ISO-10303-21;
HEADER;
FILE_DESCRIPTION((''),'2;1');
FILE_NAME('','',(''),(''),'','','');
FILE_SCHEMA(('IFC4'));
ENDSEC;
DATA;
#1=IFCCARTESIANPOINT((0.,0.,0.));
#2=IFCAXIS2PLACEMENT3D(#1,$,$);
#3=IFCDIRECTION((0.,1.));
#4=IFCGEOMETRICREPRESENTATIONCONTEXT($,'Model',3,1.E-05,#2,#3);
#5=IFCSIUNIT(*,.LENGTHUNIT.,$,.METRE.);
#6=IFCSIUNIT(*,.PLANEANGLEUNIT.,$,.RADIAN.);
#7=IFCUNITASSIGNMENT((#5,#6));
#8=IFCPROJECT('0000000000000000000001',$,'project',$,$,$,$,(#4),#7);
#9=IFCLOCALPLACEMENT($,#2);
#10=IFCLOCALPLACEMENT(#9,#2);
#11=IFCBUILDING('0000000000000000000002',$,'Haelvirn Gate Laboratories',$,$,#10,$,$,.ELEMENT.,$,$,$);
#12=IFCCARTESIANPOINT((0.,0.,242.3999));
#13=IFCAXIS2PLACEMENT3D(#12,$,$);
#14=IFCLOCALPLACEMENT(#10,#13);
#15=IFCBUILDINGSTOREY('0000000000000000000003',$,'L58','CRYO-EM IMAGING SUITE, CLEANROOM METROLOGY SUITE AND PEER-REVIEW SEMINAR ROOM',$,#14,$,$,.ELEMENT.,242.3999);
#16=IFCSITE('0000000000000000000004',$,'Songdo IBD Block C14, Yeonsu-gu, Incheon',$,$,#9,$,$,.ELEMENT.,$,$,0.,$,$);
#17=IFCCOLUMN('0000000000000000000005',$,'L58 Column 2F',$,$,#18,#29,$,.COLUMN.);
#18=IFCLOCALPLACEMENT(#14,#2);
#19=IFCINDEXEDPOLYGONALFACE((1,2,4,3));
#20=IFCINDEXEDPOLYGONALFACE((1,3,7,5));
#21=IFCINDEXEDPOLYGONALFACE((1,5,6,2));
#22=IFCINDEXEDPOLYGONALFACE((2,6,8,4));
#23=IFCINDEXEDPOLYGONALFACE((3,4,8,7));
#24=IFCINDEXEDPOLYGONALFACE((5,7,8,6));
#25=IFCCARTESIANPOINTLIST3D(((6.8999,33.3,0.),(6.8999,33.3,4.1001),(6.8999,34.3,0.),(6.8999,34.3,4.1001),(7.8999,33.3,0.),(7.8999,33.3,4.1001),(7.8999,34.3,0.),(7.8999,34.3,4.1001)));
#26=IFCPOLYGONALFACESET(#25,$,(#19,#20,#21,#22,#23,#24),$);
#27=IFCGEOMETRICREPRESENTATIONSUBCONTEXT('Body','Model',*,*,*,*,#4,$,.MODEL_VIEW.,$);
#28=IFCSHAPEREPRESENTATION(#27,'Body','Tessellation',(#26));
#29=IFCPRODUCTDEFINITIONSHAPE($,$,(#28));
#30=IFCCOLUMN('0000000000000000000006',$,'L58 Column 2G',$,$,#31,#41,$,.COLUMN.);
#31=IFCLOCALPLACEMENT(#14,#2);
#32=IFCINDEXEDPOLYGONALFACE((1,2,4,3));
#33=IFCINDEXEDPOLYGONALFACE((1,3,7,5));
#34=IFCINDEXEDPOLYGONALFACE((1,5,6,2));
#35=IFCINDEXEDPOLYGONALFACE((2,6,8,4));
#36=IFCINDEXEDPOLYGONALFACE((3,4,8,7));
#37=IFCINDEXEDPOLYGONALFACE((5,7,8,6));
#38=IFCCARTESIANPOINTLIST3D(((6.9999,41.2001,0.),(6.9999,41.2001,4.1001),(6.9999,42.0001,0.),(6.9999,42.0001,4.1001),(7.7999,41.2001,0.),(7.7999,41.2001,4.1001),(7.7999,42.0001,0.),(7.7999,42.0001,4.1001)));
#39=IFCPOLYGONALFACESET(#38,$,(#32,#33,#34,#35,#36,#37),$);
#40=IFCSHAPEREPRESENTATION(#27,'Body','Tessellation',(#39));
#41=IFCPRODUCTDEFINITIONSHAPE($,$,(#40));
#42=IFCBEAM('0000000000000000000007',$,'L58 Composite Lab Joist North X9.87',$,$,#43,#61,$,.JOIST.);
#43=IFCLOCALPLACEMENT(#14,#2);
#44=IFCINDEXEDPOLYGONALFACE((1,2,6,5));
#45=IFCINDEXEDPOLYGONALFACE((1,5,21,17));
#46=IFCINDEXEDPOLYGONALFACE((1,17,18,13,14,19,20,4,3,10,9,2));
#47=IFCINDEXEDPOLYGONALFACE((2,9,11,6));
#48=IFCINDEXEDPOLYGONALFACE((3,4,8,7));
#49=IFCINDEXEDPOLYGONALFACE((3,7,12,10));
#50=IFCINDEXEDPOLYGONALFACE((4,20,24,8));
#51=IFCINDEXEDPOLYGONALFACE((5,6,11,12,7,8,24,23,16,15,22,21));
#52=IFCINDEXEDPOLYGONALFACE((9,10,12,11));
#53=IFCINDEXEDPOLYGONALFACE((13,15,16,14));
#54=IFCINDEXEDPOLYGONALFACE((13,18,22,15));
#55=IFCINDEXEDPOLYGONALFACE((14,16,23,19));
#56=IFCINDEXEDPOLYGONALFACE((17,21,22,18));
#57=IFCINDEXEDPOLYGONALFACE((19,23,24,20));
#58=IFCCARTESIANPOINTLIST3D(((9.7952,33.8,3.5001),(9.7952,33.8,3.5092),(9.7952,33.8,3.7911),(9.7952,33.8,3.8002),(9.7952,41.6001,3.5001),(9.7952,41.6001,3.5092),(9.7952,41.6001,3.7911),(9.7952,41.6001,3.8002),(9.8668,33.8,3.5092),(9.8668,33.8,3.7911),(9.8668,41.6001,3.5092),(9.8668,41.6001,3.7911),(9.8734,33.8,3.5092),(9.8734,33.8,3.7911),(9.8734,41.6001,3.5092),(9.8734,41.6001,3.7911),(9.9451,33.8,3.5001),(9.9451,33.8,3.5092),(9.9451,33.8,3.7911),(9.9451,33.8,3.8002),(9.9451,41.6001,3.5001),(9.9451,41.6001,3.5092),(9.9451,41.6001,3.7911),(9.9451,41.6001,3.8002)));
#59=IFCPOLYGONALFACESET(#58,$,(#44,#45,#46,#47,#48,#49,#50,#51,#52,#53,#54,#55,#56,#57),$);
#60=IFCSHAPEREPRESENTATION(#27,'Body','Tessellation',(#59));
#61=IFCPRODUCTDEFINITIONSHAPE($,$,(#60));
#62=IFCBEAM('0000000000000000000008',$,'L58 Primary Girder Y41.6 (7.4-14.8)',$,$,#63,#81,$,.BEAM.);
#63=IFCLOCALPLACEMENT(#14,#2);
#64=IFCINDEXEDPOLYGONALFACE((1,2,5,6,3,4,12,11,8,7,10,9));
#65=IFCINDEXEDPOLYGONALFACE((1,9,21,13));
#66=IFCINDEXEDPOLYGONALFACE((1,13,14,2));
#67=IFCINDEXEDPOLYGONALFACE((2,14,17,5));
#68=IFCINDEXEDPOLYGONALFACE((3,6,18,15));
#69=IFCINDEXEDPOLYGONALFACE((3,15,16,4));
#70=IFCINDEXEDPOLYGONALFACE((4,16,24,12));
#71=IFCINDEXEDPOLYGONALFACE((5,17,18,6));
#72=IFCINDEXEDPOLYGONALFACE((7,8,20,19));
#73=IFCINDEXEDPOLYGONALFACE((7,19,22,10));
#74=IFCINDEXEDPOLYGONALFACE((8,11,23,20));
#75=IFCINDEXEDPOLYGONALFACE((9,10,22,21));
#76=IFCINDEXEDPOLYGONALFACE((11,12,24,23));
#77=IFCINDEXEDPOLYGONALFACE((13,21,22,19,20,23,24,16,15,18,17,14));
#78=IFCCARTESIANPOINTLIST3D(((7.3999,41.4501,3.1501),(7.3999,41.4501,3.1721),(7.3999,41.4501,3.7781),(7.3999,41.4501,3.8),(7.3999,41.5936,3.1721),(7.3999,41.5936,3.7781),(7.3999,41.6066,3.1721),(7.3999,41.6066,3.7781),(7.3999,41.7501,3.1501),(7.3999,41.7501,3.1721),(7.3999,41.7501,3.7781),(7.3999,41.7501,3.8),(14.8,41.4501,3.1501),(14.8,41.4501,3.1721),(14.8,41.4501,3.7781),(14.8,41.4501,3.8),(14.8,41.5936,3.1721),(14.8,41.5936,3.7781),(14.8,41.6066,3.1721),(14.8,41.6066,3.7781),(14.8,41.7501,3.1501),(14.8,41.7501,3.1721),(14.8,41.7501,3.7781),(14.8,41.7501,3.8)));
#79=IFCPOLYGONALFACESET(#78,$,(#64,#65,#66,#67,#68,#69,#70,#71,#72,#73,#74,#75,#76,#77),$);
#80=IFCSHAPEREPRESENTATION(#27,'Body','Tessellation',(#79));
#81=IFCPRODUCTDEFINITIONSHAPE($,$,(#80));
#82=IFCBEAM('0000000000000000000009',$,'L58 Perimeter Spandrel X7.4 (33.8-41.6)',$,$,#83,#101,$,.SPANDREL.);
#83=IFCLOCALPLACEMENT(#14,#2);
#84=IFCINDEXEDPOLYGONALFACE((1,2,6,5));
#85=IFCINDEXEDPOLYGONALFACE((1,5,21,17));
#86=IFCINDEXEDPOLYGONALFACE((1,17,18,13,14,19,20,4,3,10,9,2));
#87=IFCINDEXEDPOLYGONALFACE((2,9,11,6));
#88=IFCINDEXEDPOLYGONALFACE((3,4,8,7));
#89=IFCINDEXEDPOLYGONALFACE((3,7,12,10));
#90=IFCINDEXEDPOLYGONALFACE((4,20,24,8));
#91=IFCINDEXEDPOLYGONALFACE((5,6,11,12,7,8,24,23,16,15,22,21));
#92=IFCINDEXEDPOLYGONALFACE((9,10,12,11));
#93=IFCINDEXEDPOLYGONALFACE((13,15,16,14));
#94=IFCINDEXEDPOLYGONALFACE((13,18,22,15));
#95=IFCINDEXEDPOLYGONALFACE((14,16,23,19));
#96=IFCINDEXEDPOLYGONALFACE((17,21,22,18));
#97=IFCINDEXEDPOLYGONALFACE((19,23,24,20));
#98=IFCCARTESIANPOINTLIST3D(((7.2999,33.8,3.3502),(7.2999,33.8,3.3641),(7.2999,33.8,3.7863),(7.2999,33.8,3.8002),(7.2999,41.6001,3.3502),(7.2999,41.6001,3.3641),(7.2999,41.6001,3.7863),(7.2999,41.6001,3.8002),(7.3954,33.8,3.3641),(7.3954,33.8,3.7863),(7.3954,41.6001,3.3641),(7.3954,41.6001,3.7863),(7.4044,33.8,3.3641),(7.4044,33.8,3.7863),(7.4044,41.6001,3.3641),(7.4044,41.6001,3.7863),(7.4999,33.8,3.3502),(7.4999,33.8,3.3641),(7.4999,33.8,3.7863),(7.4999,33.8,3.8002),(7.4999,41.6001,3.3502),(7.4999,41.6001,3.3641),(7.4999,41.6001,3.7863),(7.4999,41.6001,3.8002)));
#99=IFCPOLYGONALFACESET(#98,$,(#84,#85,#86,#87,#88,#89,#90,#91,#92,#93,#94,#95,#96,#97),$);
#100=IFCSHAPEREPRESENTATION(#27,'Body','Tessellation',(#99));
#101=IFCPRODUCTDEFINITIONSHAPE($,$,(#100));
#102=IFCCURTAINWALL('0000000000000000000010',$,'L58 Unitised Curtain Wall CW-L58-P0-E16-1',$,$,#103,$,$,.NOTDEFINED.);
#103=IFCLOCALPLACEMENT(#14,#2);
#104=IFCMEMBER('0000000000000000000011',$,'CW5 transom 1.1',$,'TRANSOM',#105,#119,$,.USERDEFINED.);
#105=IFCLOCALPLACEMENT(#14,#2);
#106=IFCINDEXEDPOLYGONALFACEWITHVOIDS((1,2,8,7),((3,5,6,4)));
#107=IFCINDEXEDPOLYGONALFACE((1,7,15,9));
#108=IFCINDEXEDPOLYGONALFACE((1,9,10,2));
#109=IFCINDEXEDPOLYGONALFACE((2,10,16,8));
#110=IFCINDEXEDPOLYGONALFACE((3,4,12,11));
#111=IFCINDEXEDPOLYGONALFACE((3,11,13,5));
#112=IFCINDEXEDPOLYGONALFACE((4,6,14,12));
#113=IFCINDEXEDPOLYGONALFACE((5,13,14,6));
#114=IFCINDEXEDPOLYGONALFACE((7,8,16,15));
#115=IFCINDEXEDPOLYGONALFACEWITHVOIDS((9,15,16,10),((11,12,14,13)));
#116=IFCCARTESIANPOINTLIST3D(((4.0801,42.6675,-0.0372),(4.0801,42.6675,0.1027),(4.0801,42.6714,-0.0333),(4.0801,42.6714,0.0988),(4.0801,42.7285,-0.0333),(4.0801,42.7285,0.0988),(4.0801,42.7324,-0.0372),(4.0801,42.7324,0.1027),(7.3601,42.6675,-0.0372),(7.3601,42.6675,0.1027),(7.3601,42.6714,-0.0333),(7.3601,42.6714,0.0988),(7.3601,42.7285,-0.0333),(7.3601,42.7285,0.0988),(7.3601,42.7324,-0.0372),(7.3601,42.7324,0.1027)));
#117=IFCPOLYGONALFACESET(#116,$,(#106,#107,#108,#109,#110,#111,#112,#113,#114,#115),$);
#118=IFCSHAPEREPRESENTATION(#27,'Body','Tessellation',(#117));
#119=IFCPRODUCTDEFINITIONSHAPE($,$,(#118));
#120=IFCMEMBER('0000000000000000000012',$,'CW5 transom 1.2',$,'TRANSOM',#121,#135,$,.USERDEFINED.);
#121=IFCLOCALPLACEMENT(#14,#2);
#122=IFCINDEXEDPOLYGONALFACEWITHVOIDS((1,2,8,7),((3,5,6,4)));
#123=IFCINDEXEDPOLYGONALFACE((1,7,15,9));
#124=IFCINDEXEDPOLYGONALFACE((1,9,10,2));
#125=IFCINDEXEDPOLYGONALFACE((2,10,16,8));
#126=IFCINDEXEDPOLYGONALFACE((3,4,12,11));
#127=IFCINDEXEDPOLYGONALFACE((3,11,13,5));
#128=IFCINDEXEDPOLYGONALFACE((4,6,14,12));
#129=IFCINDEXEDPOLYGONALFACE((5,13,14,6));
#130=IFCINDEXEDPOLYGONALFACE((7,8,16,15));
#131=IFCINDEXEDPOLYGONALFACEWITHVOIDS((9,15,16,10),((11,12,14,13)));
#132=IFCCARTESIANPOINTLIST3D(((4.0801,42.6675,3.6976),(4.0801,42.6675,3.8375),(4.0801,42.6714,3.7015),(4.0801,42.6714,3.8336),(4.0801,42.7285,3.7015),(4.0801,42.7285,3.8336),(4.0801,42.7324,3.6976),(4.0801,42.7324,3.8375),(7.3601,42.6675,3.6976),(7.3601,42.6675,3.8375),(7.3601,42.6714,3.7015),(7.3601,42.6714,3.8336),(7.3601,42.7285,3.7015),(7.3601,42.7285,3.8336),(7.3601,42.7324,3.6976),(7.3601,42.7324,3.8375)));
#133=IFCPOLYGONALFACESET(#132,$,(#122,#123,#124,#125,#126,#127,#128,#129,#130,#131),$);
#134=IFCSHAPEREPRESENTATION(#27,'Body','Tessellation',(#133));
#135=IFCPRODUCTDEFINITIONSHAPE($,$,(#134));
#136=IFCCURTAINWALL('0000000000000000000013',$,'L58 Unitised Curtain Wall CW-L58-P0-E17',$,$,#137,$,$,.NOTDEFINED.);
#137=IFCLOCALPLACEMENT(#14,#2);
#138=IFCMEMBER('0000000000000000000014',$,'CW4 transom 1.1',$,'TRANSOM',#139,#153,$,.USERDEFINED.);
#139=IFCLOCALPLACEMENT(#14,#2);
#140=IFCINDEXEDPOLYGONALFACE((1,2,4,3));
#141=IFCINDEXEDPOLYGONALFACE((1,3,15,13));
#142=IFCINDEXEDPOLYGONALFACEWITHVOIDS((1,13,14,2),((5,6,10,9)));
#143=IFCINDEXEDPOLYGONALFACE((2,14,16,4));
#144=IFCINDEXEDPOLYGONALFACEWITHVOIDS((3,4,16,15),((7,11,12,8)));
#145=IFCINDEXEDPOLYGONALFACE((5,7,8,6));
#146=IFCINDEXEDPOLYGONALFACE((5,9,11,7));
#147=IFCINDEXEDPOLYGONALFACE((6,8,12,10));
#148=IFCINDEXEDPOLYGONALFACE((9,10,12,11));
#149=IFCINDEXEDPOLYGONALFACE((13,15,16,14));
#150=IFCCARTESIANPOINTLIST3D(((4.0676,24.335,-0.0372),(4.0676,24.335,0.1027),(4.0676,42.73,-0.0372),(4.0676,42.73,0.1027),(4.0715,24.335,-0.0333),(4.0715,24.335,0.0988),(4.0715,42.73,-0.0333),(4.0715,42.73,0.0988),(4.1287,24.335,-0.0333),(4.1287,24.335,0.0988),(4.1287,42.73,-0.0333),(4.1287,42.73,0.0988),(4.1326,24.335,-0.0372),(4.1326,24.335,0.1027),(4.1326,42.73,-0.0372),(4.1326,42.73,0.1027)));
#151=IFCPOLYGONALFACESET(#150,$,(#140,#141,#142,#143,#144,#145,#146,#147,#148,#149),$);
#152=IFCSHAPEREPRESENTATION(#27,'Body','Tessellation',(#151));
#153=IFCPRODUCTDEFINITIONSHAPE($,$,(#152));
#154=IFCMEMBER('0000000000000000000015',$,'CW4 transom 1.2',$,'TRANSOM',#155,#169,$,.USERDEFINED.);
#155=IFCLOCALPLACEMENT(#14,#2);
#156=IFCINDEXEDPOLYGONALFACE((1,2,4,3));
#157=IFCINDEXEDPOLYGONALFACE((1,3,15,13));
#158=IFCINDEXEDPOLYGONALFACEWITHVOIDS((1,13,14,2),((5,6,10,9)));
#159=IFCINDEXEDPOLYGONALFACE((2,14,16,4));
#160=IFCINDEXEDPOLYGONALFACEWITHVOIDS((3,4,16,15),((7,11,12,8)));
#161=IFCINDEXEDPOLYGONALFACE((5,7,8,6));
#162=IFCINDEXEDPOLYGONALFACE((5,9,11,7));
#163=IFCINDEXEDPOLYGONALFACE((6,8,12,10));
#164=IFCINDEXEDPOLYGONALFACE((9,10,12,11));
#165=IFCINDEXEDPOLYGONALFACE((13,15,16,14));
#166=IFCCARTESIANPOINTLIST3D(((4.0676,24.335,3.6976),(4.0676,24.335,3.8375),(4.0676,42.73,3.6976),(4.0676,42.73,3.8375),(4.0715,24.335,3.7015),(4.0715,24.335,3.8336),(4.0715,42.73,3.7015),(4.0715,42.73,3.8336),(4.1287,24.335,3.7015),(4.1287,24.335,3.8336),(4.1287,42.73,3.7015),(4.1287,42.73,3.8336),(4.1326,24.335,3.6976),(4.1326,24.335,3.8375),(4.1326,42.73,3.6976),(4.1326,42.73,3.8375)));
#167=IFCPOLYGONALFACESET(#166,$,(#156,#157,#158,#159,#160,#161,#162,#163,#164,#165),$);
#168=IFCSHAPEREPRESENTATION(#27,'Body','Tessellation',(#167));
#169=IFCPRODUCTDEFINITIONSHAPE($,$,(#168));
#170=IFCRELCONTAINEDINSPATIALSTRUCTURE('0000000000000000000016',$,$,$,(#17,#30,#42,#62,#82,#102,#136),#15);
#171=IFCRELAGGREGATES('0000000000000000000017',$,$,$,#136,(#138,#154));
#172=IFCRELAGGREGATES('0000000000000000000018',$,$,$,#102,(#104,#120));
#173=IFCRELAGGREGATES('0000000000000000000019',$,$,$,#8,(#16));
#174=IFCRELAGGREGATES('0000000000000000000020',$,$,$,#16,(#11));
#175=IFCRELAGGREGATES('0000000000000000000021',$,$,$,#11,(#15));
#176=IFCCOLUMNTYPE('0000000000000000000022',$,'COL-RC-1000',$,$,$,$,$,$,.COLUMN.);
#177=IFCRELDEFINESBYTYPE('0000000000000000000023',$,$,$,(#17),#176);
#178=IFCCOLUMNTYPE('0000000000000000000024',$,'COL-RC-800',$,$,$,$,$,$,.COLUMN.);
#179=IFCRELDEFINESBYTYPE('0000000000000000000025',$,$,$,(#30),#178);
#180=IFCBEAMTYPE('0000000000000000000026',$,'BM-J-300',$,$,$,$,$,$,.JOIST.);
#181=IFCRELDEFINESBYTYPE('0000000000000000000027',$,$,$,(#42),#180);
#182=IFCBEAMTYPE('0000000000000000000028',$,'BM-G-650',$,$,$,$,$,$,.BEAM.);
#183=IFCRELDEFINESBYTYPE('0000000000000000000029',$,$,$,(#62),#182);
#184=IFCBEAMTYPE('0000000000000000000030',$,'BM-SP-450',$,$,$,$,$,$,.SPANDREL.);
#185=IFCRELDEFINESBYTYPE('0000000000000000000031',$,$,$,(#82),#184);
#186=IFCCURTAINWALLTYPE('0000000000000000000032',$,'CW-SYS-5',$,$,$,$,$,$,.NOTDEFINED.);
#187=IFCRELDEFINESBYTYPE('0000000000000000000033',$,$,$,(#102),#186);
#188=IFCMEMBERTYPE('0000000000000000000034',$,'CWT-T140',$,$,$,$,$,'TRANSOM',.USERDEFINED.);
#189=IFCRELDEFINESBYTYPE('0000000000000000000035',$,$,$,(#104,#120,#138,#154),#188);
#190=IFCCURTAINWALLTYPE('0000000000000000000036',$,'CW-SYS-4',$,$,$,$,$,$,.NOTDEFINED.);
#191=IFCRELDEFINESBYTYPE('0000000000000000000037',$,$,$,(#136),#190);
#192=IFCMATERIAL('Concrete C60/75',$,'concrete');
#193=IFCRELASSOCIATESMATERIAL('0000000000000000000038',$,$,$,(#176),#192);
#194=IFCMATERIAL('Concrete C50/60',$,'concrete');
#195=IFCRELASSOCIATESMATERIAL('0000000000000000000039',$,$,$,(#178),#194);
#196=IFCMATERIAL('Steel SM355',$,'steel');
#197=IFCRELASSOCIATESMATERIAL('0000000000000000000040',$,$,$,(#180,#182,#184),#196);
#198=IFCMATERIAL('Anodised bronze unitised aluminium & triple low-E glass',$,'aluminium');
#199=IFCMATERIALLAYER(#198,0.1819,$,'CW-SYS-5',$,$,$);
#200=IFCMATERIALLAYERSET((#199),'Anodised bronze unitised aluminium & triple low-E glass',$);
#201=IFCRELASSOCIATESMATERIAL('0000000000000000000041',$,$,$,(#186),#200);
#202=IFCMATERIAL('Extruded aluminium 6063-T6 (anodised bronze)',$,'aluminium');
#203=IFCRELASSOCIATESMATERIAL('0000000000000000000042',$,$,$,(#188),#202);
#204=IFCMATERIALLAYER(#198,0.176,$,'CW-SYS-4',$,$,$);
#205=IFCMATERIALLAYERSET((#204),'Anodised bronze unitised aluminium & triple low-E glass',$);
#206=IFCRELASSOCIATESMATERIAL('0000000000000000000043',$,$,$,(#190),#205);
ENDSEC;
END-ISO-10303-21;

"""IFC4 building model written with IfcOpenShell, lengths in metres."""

from ifc_helpers import new_model, si_unit, direction, frame, origin, origin_2d, place, context, subcontext, project, spatial, rectangle, hollow_rectangle, i_section, extrude, source, transform, mapped, material, layer, layer_set, material_profile, profile_set, type_object, type_shapes, element, aggregate, save


model = new_model("IFC4")

# Units and contexts
model_context = context("Model", 3, precision=1e-05, world=origin(), true_north=direction((0.0, 1.0)))
body_context = subcontext(model_context, "Body", "Model", "MODEL_VIEW")
ifc_project = project(units=[si_unit("LENGTHUNIT", "METRE"), si_unit("PLANEANGLEUNIT", "RADIAN")], contexts=[model_context])

# Site, building, storey
site_placement = place(None, origin())
site = spatial("IfcSite", under=ifc_project, at=site_placement, Name="Songdo IBD Block C14, Yeonsu-gu, Incheon", CompositionType="ELEMENT", RefElevation=0.0)
building_placement = place(site_placement, origin())
building = spatial("IfcBuilding", under=site, at=building_placement, Name="Haelvirn Gate Laboratories", CompositionType="ELEMENT")
storey_placement = place(building_placement, frame((0.0, 0.0, 242.3999)))
storey = spatial("IfcBuildingStorey", under=building, at=storey_placement, Name="L58", Description="CRYO-EM IMAGING SUITE, CLEANROOM METROLOGY SUITE AND PEER-REVIEW SEMINAR ROOM", CompositionType="ELEMENT", Elevation=242.3999)

# Columns
ifc_material_1 = material(Name="Concrete C60/75", Category="concrete")
ifc_material_profile_1 = material_profile(ifc_material_1, rectangle(XDim=1.0, YDim=1.0, at=origin_2d()), Name="RC-1000x1000")
ifc_profile_set_1 = profile_set([ifc_material_profile_1], Name="Concrete C60/75")
column_type_1 = type_object("IfcColumnType", Name="COL-RC-1000", PredefinedType="COLUMN", material=ifc_profile_set_1)
shared_shape_1 = source(origin(), body_context, "Body", "SweptSolid", [
    extrude(rectangle(XDim=1.0, YDim=1.0, at=origin_2d()), origin(), (0.0, 0.0, 1.0), 4.1001),
])
type_shapes(column_type_1, [shared_shape_1])
column_1_placement = place(storey_placement, frame((7.3999, 33.8, 0.0), z_axis=(0.0, 0.0, 1.0), x_axis=(1.0, 0.0, 0.0)))
element("IfcColumn", 1, at=column_1_placement, inside=storey, type_object=column_type_1, Name="L58 Column 2F", PredefinedType="COLUMN", context=body_context, shape_type="MappedRepresentation", body=[
    mapped(shared_shape_1, transform((0.0, 0.0, 0.0), scale=1.0)),
])
ifc_material_2 = material(Name="Concrete C50/60", Category="concrete")
ifc_material_profile_2 = material_profile(ifc_material_2, rectangle(XDim=0.8, YDim=0.8, at=origin_2d()), Name="RC-800x800")
ifc_profile_set_2 = profile_set([ifc_material_profile_2], Name="Concrete C50/60")
column_type_2 = type_object("IfcColumnType", Name="COL-RC-800", PredefinedType="COLUMN", material=ifc_profile_set_2)
shared_shape_2 = source(origin(), body_context, "Body", "SweptSolid", [
    extrude(rectangle(XDim=0.8, YDim=0.8, at=origin_2d()), origin(), (0.0, 0.0, 1.0), 4.1001),
])
type_shapes(column_type_2, [shared_shape_2])
column_2_placement = place(storey_placement, frame((7.3999, 41.6001, 0.0), z_axis=(0.0, 0.0, 1.0), x_axis=(1.0, 0.0, 0.0)))
element("IfcColumn", 2, at=column_2_placement, inside=storey, type_object=column_type_2, Name="L58 Column 2G", PredefinedType="COLUMN", context=body_context, shape_type="MappedRepresentation", body=[
    mapped(shared_shape_2, transform((0.0, 0.0, 0.0), scale=1.0)),
])

# Beams
ifc_material_3 = material(Name="Steel SM355", Category="steel")
ifc_material_profile_3 = material_profile(ifc_material_3, i_section(OverallWidth=0.1499, OverallDepth=0.3, WebThickness=0.0066, FlangeThickness=0.009, at=origin_2d()), Name="H-300x150x6.5x9")
ifc_profile_set_3 = profile_set([ifc_material_profile_3], Name="Steel SM355")
beam_type_1 = type_object("IfcBeamType", Name="BM-J-300", PredefinedType="JOIST", material=ifc_profile_set_3)
shared_shape_3 = source(origin(), body_context, "Body", "SweptSolid", [
    extrude(i_section(OverallWidth=0.1499, OverallDepth=0.3, WebThickness=0.0066, FlangeThickness=0.009, at=origin_2d()), origin(), (0.0, 0.0, 1.0), 7.8),
])
type_shapes(beam_type_1, [shared_shape_3])
beam_1_placement = place(storey_placement, frame((9.8701, 33.8, 3.6501), z_axis=(0.0, 1.0, 0.0), x_axis=(-1.0, 0.0, 0.0)))
element("IfcBeam", 3, at=beam_1_placement, inside=storey, type_object=beam_type_1, Name="L58 Composite Lab Joist North X9.87", PredefinedType="JOIST", context=body_context, shape_type="MappedRepresentation", body=[
    mapped(shared_shape_3, transform((0.0, 0.0, 0.0), scale=1.0)),
])
ifc_material_profile_4 = material_profile(ifc_material_3, i_section(OverallWidth=0.3, OverallDepth=0.6499, WebThickness=0.0129, FlangeThickness=0.022, at=origin_2d()), Name="H-650x300x13x22")
ifc_profile_set_4 = profile_set([ifc_material_profile_4], Name="Steel SM355")
beam_type_2 = type_object("IfcBeamType", Name="BM-G-650", PredefinedType="BEAM", material=ifc_profile_set_4)
shared_shape_4 = source(origin(), body_context, "Body", "SweptSolid", [
    extrude(i_section(OverallWidth=0.3, OverallDepth=0.6499, WebThickness=0.0129, FlangeThickness=0.022, at=origin_2d()), origin(), (0.0, 0.0, 1.0), 7.4001),
])
type_shapes(beam_type_2, [shared_shape_4])
beam_2_placement = place(storey_placement, frame((7.3999, 41.6001, 3.4751), z_axis=(1.0, 0.0, 0.0), x_axis=(0.0, 1.0, 0.0)))
element("IfcBeam", 4, at=beam_2_placement, inside=storey, type_object=beam_type_2, Name="L58 Primary Girder Y41.6 (7.4-14.8)", PredefinedType="BEAM", context=body_context, shape_type="MappedRepresentation", body=[
    mapped(shared_shape_4, transform((0.0, 0.0, 0.0), scale=1.0)),
])
ifc_material_profile_5 = material_profile(ifc_material_3, i_section(OverallWidth=0.2, OverallDepth=0.45, WebThickness=0.009, FlangeThickness=0.0139, at=origin_2d()), Name="H-450x200x9x14")
ifc_profile_set_5 = profile_set([ifc_material_profile_5], Name="Steel SM355")
beam_type_3 = type_object("IfcBeamType", Name="BM-SP-450", PredefinedType="SPANDREL", material=ifc_profile_set_5)
shared_shape_5 = source(origin(), body_context, "Body", "SweptSolid", [
    extrude(i_section(OverallWidth=0.2, OverallDepth=0.45, WebThickness=0.009, FlangeThickness=0.0139, at=origin_2d()), origin(), (0.0, 0.0, 1.0), 7.8),
])
type_shapes(beam_type_3, [shared_shape_5])
beam_3_placement = place(storey_placement, frame((7.3999, 33.8, 3.5752), z_axis=(0.0, 1.0, 0.0), x_axis=(-1.0, 0.0, 0.0)))
element("IfcBeam", 5, at=beam_3_placement, inside=storey, type_object=beam_type_3, Name="L58 Perimeter Spandrel X7.4 (33.8-41.6)", PredefinedType="SPANDREL", context=body_context, shape_type="MappedRepresentation", body=[
    mapped(shared_shape_5, transform((0.0, 0.0, 0.0), scale=1.0)),
])

# Curtain walls, members
ifc_material_4 = material(Name="Anodised bronze unitised aluminium & triple low-E glass", Category="aluminium")
ifc_layer_1 = layer(ifc_material_4, 0.1819, Name="CW-SYS-5")
ifc_layer_set_1 = layer_set([ifc_layer_1], Name="Anodised bronze unitised aluminium & triple low-E glass")
curtain_wall_type_1 = type_object("IfcCurtainWallType", Name="CW-SYS-5", PredefinedType="NOTDEFINED", material=ifc_layer_set_1)
curtain_wall_1_placement = place(storey_placement, origin())
curtain_wall_1 = element("IfcCurtainWall", 6, at=curtain_wall_1_placement, inside=storey, type_object=curtain_wall_type_1, Name="L58 Unitised Curtain Wall CW-L58-P0-E16-1", PredefinedType="NOTDEFINED")
ifc_material_5 = material(Name="Extruded aluminium 6063-T6 (anodised bronze)", Category="aluminium")
ifc_material_profile_6 = material_profile(ifc_material_5, hollow_rectangle(XDim=0.0649, YDim=0.1399, WallThickness=0.0039, at=origin_2d()), Name="CWT-140x65x4")
ifc_profile_set_6 = profile_set([ifc_material_profile_6], Name="Extruded aluminium 6063-T6 (anodised bronze)")
member_type_1 = type_object("IfcMemberType", Name="CWT-T140", ElementType="TRANSOM", PredefinedType="USERDEFINED", material=ifc_profile_set_6)
shared_shape_6 = source(origin(), body_context, "Body", "SweptSolid", [
    extrude(hollow_rectangle(XDim=0.0649, YDim=0.1399, WallThickness=0.0039, at=origin_2d()), origin(), (0.0, 0.0, 1.0), 3.28),
])
member_1_placement = place(storey_placement, frame((4.0801, 42.7, 0.0327), z_axis=(1.0, 0.0, 0.0), x_axis=(0.0, 1.0, 0.0)))
member_1 = element("IfcMember", 7, at=member_1_placement, type_object=member_type_1, Name="CW5 transom 1.1", ObjectType="TRANSOM", PredefinedType="USERDEFINED", context=body_context, shape_type="MappedRepresentation", body=[
    mapped(shared_shape_6, transform((0.0, 0.0, 0.0), scale=1.0)),
])
member_2_placement = place(storey_placement, frame((4.0801, 42.7, 3.7676), z_axis=(1.0, 0.0, 0.0), x_axis=(0.0, 1.0, 0.0)))
member_2 = element("IfcMember", 8, at=member_2_placement, type_object=member_type_1, Name="CW5 transom 1.2", ObjectType="TRANSOM", PredefinedType="USERDEFINED", context=body_context, shape_type="MappedRepresentation", body=[
    mapped(shared_shape_6, transform((0.0, 0.0, 0.0), scale=1.0)),
])
ifc_layer_2 = layer(ifc_material_4, 0.176, Name="CW-SYS-4")
ifc_layer_set_2 = layer_set([ifc_layer_2], Name="Anodised bronze unitised aluminium & triple low-E glass")
curtain_wall_type_2 = type_object("IfcCurtainWallType", Name="CW-SYS-4", PredefinedType="NOTDEFINED", material=ifc_layer_set_2)
curtain_wall_2_placement = place(storey_placement, origin())
curtain_wall_2 = element("IfcCurtainWall", 9, at=curtain_wall_2_placement, inside=storey, type_object=curtain_wall_type_2, Name="L58 Unitised Curtain Wall CW-L58-P0-E17", PredefinedType="NOTDEFINED")
shared_shape_7 = source(origin(), body_context, "Body", "SweptSolid", [
    extrude(hollow_rectangle(XDim=0.0649, YDim=0.1399, WallThickness=0.0039, at=origin_2d()), origin(), (0.0, 0.0, 1.0), 18.395),
])
member_3_placement = place(storey_placement, frame((4.1001, 42.73, 0.0327), z_axis=(0.0, -1.0, 0.0), x_axis=(1.0, 0.0, 0.0)))
member_3 = element("IfcMember", 10, at=member_3_placement, type_object=member_type_1, Name="CW4 transom 1.1", ObjectType="TRANSOM", PredefinedType="USERDEFINED", context=body_context, shape_type="MappedRepresentation", body=[
    mapped(shared_shape_7, transform((0.0, 0.0, 0.0), scale=1.0)),
])
member_4_placement = place(storey_placement, frame((4.1001, 42.73, 3.7676), z_axis=(0.0, -1.0, 0.0), x_axis=(1.0, 0.0, 0.0)))
member_4 = element("IfcMember", 11, at=member_4_placement, type_object=member_type_1, Name="CW4 transom 1.2", ObjectType="TRANSOM", PredefinedType="USERDEFINED", context=body_context, shape_type="MappedRepresentation", body=[
    mapped(shared_shape_7, transform((0.0, 0.0, 0.0), scale=1.0)),
])

aggregate(curtain_wall_2, [member_3, member_4])

aggregate(curtain_wall_1, [member_1, member_2])

save(model, "model.ifc")
